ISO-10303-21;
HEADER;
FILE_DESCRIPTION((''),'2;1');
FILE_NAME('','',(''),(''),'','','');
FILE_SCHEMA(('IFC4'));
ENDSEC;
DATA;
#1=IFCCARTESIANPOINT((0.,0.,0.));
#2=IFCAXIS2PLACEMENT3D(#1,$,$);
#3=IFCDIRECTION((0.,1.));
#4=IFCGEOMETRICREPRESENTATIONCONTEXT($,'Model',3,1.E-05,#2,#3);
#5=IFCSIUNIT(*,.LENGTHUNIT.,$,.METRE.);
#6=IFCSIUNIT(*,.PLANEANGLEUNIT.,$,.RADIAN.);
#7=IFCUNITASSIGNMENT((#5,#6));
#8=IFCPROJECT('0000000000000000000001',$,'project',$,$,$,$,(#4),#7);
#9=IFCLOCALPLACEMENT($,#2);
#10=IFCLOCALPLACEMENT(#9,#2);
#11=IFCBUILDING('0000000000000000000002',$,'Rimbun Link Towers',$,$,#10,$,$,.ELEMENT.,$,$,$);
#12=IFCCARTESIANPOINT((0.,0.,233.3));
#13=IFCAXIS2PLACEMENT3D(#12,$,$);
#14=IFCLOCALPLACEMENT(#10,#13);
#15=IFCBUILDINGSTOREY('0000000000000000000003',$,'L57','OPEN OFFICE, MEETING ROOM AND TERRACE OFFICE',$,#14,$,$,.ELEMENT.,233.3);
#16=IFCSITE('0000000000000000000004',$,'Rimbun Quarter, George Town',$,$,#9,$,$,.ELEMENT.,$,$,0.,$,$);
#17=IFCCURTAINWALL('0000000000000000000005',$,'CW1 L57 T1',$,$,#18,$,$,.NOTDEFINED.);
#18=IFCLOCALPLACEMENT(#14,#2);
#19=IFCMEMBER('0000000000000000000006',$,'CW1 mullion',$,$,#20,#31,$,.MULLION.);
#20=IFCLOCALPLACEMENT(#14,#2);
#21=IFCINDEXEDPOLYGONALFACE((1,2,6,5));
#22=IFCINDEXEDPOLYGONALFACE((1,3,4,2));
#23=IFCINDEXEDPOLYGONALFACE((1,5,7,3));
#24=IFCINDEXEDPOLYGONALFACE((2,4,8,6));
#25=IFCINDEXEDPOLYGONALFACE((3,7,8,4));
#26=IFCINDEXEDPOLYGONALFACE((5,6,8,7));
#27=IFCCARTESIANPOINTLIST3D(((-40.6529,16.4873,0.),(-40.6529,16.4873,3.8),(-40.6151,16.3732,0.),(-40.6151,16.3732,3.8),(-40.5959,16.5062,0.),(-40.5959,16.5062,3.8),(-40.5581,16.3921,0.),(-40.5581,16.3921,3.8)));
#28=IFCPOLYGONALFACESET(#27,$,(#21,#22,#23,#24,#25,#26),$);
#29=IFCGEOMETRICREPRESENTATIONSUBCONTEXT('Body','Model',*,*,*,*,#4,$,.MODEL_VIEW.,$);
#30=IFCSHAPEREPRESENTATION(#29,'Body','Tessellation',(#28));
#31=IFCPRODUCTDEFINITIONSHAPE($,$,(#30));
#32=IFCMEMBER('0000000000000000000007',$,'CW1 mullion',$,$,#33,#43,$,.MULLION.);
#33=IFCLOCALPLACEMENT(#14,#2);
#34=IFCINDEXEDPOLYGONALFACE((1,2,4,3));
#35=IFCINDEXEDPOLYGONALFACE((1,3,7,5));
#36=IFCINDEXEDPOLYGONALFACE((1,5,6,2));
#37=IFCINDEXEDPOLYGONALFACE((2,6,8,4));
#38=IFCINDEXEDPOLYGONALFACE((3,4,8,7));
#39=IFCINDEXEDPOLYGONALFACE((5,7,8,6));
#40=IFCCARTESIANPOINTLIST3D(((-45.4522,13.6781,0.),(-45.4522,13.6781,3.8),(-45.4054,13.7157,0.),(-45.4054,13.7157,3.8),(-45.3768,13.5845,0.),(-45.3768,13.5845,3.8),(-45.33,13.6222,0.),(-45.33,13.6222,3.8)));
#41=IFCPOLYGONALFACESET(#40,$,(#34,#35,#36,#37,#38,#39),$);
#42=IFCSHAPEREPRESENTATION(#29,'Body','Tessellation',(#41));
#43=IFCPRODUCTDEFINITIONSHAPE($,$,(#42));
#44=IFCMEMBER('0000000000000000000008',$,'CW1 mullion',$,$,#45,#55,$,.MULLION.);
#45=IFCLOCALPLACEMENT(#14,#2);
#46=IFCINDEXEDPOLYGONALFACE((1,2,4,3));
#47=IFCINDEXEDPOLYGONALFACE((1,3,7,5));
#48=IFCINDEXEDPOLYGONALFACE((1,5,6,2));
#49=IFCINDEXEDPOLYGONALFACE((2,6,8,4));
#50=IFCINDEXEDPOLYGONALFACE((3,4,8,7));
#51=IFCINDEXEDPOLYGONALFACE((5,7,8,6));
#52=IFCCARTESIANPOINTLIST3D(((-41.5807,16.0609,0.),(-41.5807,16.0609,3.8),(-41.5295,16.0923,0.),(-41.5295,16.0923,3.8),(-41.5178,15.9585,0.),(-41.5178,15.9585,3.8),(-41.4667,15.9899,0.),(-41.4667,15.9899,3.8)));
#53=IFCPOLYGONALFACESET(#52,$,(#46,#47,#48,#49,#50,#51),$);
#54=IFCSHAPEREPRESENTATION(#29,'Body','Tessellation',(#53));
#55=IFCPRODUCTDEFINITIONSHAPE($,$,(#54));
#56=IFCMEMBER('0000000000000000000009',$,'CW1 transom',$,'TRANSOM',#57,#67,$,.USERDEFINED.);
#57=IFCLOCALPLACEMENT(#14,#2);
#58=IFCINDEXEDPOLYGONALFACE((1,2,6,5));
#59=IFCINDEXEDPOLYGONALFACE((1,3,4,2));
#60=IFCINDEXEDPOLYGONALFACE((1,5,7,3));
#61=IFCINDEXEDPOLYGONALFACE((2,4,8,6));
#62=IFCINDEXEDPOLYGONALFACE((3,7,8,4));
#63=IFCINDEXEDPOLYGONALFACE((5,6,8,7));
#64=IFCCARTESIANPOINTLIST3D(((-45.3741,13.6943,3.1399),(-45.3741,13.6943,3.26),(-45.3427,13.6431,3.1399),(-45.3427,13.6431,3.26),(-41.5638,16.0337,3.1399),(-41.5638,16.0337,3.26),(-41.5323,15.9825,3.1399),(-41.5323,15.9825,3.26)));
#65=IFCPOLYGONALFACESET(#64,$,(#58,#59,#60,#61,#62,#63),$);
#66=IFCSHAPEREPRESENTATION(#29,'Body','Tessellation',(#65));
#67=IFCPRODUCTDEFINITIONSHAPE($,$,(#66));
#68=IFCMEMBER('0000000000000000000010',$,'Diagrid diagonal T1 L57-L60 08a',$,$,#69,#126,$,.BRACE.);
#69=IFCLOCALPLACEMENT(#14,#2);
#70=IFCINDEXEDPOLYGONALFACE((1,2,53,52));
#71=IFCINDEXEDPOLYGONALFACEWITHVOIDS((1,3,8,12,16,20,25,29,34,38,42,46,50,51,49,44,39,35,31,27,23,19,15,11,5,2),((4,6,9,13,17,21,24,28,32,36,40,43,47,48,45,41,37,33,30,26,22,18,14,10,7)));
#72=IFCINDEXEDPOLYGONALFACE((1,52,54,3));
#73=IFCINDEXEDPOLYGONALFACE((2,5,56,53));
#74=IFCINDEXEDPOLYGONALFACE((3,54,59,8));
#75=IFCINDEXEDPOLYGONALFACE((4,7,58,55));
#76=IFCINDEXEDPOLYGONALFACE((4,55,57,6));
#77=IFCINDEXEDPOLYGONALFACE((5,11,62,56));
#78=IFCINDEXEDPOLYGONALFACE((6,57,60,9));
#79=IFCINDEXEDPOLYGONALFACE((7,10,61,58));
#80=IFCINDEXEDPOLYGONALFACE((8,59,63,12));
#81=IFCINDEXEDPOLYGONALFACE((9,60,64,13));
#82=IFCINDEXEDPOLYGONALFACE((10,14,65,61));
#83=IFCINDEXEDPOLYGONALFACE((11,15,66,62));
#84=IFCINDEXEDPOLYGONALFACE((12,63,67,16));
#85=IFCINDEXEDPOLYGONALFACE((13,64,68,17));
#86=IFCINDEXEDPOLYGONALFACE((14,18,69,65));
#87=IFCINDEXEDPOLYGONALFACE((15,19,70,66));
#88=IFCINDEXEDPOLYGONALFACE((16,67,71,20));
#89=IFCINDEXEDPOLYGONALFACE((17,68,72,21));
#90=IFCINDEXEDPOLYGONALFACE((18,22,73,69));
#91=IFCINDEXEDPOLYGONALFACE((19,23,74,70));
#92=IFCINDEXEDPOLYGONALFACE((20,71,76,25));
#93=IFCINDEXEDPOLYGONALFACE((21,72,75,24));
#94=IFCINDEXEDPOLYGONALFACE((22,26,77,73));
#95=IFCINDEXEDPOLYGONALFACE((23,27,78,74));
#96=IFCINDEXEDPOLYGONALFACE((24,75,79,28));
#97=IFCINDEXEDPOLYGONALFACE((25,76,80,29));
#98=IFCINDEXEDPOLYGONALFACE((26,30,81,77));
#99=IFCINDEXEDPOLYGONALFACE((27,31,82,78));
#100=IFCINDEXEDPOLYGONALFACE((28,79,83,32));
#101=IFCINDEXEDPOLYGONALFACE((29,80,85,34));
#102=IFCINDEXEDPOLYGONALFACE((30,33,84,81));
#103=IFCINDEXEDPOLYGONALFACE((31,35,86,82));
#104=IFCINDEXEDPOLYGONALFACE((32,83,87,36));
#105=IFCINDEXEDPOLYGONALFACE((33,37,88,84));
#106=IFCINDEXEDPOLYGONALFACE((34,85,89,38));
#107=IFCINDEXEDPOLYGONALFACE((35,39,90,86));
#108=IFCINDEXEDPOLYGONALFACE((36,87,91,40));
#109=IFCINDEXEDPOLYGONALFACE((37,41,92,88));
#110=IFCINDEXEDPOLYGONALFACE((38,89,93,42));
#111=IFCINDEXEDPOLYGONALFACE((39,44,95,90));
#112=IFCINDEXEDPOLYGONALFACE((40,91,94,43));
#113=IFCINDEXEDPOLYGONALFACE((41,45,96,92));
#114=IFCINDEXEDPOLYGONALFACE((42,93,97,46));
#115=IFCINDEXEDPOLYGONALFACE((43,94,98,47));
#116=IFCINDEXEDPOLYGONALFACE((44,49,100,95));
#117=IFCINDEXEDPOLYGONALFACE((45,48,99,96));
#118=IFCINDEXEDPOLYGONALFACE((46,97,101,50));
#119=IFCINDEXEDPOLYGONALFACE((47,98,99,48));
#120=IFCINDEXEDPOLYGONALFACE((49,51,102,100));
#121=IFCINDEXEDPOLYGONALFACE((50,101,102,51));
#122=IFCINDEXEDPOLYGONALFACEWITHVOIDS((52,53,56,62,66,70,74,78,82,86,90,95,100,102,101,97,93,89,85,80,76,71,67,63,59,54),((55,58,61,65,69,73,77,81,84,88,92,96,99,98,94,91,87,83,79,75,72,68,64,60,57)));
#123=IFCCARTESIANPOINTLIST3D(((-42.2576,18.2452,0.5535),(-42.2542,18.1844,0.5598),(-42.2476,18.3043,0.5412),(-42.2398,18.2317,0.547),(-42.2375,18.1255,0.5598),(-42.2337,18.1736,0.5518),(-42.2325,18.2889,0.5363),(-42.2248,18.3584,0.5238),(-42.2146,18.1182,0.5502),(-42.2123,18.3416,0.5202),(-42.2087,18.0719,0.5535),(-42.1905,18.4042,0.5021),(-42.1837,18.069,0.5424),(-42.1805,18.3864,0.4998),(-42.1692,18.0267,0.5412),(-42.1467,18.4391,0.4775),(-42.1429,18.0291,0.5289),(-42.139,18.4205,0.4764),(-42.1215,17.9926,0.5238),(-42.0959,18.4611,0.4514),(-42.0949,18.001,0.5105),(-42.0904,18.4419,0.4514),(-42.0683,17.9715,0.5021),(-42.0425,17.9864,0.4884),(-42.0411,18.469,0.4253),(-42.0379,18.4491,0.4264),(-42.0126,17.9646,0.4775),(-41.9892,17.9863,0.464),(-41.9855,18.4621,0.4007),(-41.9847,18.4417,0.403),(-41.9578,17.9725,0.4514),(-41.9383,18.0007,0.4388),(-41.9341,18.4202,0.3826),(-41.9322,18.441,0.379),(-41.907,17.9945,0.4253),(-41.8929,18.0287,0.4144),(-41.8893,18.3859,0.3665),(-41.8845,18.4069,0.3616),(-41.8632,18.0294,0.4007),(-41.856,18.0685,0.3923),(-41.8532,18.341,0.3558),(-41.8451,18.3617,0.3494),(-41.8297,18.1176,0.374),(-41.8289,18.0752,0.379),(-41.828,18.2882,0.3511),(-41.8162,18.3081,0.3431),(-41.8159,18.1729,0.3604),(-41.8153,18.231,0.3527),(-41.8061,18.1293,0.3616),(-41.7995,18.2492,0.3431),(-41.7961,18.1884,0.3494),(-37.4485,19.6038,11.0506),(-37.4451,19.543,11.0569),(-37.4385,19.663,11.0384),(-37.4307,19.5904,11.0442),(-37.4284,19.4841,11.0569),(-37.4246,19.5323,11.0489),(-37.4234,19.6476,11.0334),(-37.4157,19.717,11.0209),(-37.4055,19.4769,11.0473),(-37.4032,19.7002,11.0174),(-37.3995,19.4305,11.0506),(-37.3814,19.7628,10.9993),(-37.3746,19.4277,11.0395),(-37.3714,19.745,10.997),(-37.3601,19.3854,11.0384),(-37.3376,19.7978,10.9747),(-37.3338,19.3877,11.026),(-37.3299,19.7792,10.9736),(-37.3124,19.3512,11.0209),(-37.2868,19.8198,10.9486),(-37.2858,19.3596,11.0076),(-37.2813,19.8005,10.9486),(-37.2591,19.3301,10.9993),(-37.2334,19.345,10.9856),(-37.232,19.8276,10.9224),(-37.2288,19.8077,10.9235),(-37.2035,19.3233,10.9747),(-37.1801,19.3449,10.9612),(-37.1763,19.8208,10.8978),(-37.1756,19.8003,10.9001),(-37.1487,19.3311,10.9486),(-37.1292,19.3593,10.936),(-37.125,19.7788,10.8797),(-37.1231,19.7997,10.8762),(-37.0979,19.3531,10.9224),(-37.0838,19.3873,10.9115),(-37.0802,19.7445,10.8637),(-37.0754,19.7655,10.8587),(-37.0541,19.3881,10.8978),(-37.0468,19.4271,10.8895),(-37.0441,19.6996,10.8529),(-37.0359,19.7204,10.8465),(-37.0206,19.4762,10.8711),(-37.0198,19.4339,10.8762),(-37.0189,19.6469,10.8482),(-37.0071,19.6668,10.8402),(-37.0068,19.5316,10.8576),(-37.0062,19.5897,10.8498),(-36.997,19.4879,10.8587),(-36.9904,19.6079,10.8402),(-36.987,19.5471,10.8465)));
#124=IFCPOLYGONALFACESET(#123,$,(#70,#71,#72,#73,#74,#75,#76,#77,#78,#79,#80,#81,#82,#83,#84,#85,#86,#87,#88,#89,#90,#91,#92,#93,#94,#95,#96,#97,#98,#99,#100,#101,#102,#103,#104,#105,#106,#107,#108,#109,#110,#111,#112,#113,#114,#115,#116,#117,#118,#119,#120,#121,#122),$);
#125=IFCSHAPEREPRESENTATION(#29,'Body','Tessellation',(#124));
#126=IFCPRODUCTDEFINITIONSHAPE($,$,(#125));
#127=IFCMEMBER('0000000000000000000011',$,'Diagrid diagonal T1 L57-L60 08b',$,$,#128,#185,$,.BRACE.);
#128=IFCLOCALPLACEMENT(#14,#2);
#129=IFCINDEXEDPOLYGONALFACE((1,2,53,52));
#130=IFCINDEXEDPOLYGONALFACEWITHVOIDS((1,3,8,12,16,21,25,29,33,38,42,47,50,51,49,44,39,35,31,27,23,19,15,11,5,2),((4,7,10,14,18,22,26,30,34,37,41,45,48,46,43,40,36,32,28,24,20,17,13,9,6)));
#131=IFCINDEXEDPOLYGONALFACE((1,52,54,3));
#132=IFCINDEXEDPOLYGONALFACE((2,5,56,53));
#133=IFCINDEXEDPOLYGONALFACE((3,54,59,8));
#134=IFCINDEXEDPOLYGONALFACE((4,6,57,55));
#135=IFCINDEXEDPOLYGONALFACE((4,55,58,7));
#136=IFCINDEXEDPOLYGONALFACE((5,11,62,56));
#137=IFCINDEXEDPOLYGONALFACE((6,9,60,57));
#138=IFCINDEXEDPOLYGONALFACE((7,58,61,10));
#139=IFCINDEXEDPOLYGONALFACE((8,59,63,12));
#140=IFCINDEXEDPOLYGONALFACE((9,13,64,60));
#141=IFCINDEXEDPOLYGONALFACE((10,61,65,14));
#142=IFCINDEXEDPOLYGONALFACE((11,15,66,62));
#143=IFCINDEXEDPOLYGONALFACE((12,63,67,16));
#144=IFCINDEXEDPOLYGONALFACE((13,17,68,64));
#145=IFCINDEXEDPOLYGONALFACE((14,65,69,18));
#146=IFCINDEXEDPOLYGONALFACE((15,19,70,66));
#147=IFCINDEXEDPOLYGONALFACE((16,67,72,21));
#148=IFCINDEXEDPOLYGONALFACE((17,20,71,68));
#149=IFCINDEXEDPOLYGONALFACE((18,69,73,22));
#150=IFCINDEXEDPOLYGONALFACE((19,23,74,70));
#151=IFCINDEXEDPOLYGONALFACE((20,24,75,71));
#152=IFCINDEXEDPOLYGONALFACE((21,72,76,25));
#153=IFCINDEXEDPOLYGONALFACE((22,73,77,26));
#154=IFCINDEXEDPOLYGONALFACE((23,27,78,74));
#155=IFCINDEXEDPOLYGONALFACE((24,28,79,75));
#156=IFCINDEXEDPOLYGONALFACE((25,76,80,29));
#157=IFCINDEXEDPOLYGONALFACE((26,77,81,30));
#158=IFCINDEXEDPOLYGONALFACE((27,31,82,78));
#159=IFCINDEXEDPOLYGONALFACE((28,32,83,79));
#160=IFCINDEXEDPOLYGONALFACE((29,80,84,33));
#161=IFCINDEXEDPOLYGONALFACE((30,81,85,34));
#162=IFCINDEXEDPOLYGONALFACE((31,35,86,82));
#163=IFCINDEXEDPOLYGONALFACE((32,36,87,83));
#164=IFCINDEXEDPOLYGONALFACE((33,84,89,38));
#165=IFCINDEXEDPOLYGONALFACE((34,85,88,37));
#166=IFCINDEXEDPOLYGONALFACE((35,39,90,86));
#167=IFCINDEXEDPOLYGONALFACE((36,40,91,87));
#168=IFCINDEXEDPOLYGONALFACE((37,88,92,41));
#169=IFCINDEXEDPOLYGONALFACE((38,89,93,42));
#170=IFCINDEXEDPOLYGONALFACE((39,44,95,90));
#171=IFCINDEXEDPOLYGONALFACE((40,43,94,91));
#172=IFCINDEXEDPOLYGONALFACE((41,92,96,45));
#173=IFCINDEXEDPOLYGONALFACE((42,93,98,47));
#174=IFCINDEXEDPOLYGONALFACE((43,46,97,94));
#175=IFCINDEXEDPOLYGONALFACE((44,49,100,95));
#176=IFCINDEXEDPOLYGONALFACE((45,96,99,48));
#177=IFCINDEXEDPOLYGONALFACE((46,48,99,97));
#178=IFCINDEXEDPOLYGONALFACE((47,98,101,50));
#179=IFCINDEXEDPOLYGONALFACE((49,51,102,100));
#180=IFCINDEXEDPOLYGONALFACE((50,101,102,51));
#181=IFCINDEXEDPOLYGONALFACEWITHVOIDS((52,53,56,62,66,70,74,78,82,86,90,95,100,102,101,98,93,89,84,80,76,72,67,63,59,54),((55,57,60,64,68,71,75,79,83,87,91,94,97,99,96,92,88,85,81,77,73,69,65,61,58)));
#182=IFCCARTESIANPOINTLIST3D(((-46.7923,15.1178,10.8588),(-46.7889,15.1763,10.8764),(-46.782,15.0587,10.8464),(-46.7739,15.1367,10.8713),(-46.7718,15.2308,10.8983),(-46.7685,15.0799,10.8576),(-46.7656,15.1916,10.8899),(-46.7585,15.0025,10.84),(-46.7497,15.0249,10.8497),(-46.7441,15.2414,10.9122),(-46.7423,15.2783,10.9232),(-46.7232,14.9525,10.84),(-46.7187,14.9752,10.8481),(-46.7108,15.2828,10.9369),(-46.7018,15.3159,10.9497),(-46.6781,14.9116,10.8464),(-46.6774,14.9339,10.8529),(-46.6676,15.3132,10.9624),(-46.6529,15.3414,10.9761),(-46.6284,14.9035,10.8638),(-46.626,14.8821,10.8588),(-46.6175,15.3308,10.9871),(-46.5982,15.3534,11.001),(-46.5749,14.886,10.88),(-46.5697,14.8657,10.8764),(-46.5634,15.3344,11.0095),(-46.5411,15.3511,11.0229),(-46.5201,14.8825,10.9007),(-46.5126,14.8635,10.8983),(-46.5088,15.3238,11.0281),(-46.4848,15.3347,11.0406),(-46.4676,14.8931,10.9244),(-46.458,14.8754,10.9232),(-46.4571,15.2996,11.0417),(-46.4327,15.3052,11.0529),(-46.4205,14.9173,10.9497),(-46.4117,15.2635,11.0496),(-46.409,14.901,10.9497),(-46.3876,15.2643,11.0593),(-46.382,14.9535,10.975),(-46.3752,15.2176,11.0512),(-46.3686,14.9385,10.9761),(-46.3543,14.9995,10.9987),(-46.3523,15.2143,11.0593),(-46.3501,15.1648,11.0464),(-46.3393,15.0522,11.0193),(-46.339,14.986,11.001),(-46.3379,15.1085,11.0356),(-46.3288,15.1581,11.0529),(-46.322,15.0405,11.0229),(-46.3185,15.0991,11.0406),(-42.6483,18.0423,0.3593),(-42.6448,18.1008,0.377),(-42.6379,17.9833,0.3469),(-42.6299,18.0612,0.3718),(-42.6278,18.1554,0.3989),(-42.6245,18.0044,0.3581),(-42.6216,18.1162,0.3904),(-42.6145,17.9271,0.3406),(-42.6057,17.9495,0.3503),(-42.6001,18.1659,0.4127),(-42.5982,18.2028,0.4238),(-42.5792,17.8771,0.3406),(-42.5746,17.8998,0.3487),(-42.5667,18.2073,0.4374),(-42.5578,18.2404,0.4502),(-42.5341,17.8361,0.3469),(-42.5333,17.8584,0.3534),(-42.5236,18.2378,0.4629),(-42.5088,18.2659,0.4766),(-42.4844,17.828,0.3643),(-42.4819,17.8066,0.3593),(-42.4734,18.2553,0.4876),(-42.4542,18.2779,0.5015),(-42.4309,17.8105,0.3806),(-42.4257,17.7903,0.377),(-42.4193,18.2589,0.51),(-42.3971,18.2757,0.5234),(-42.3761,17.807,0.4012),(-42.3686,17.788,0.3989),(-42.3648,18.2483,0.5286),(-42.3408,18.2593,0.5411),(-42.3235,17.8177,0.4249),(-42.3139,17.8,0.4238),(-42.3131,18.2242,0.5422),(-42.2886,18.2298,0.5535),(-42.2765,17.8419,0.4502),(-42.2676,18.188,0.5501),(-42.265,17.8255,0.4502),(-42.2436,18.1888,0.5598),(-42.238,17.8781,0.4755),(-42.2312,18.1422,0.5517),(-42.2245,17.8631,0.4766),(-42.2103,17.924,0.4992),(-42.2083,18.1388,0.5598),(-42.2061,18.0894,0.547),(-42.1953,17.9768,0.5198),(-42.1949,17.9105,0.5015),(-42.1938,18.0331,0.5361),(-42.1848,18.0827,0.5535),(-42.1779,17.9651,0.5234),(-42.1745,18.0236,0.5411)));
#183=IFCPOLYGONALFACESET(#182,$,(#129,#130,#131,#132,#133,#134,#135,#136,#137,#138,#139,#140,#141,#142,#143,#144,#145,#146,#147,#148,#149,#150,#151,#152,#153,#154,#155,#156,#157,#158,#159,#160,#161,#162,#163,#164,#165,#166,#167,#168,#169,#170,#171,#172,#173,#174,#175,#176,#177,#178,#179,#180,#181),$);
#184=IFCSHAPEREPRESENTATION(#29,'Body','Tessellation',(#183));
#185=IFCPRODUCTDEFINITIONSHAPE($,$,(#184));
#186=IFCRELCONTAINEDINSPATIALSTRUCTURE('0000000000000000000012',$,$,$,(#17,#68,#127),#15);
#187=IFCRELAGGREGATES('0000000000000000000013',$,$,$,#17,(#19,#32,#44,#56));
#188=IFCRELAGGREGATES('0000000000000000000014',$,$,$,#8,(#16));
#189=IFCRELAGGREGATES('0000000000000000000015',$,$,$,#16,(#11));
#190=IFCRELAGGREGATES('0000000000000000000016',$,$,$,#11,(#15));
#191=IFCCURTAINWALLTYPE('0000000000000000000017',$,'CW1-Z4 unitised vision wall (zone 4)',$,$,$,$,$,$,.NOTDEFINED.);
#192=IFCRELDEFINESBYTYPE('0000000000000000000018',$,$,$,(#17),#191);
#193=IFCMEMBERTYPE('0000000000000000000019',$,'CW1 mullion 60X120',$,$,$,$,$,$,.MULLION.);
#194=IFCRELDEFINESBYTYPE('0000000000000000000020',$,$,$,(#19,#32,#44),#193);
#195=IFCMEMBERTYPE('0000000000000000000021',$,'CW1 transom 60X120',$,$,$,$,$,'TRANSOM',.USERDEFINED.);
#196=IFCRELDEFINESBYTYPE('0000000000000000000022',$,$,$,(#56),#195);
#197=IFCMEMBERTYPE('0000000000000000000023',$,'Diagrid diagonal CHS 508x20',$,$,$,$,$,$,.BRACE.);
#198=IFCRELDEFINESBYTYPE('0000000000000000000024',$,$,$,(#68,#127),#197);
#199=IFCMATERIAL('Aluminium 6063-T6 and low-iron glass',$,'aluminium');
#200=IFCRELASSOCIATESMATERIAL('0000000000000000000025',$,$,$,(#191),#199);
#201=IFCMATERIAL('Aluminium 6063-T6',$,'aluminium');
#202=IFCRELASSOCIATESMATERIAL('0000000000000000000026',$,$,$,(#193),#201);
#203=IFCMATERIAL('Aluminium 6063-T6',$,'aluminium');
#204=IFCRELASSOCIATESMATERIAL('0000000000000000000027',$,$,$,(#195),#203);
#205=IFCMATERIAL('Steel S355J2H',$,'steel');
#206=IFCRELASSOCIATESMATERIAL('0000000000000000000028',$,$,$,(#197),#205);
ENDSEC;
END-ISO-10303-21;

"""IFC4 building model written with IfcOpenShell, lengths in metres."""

from ifc_helpers import new_model, si_unit, direction, frame, origin, origin_2d, place, context, subcontext, project, spatial, rectangle, hollow_circle, extrude, material, material_profile, profile_set, type_object, element, aggregate, save


model = new_model("IFC4")

# Units and contexts
model_context = context("Model", 3, precision=1e-05, world=origin(), true_north=direction((0.0, 1.0)))
body_context = subcontext(model_context, "Body", "Model", "MODEL_VIEW")
ifc_project = project(units=[si_unit("LENGTHUNIT", "METRE"), si_unit("PLANEANGLEUNIT", "RADIAN")], contexts=[model_context])

# Site, building, storey
site_placement = place(None, origin())
site = spatial("IfcSite", under=ifc_project, at=site_placement, Name="Rimbun Quarter, George Town", CompositionType="ELEMENT", RefElevation=0.0)
building_placement = place(site_placement, origin())
building = spatial("IfcBuilding", under=site, at=building_placement, Name="Rimbun Link Towers", CompositionType="ELEMENT")
storey_placement = place(building_placement, frame((0.0, 0.0, 233.3)))
storey = spatial("IfcBuildingStorey", under=building, at=storey_placement, Name="L57", Description="OPEN OFFICE, MEETING ROOM AND TERRACE OFFICE", CompositionType="ELEMENT", Elevation=233.3)

# Curtain wall, members
ifc_material_1 = material(Name="Aluminium 6063-T6 and low-iron glass", Category="aluminium")
curtain_wall_type = type_object("IfcCurtainWallType", Name="CW1-Z4 unitised vision wall (zone 4)", PredefinedType="NOTDEFINED", material=ifc_material_1)
curtain_wall_placement = place(storey_placement, origin())
curtain_wall = element("IfcCurtainWall", 1, at=curtain_wall_placement, inside=storey, type_object=curtain_wall_type, Name="CW1 L57 T1", PredefinedType="NOTDEFINED")
ifc_material_2 = material(Name="Aluminium 6063-T6", Category="aluminium")
ifc_material_profile_1 = material_profile(ifc_material_2, rectangle(XDim=0.1201, YDim=0.0601, at=origin_2d()), Name="MULLION 60X120")
ifc_profile_set_1 = profile_set([ifc_material_profile_1], Name="Aluminium 6063-T6")
member_type_1 = type_object("IfcMemberType", Name="CW1 mullion 60X120", PredefinedType="MULLION", material=ifc_profile_set_1)
member_1_placement = place(storey_placement, frame((-40.6055, 16.4397, 0.0), z_axis=(0.0, 0.0, 1.0), x_axis=(-0.31457, 0.949234, 0.0)))
member_1 = element("IfcMember", 2, at=member_1_placement, type_object=member_type_1, Name="CW1 mullion", PredefinedType="MULLION", context=body_context, shape_type="SweptSolid", body=[
    extrude(rectangle(XDim=0.1201, YDim=0.0601, at=origin_2d()), origin(), (0.0, 0.0, 1.0), 3.8),
])
member_2_placement = place(storey_placement, frame((-45.3911, 13.6501, 0.0), z_axis=(0.0, 0.0, 1.0), x_axis=(-0.627668, 0.778481, 0.0)))
member_2 = element("IfcMember", 3, at=member_2_placement, type_object=member_type_1, Name="CW1 mullion", PredefinedType="MULLION", context=body_context, shape_type="SweptSolid", body=[
    extrude(rectangle(XDim=0.1201, YDim=0.0601, at=origin_2d()), origin(), (0.0, 0.0, 1.0), 3.8),
])
member_3_placement = place(storey_placement, frame((-41.5237, 16.0254, 0.0), z_axis=(0.0, 0.0, 1.0), x_axis=(-0.52324, 0.852185, 0.0)))
member_3 = element("IfcMember", 4, at=member_3_placement, type_object=member_type_1, Name="CW1 mullion", PredefinedType="MULLION", context=body_context, shape_type="SweptSolid", body=[
    extrude(rectangle(XDim=0.1201, YDim=0.0601, at=origin_2d()), origin(), (0.0, 0.0, 1.0), 3.8),
])
ifc_material_3 = material(Name="Aluminium 6063-T6", Category="aluminium")
ifc_material_profile_2 = material_profile(ifc_material_3, rectangle(XDim=0.0601, YDim=0.1201, at=origin_2d()), Name="TRANSOM 60X120")
ifc_profile_set_2 = profile_set([ifc_material_profile_2], Name="Aluminium 6063-T6")
member_type_2 = type_object("IfcMemberType", Name="CW1 transom 60X120", ElementType="TRANSOM", PredefinedType="USERDEFINED", material=ifc_profile_set_2)
member_4_placement = place(storey_placement, frame((-45.3584, 13.6687, 3.2), z_axis=(0.852202, 0.523214, 0.0), x_axis=(-0.523214, 0.852202, 0.0)))
member_4 = element("IfcMember", 5, at=member_4_placement, type_object=member_type_2, Name="CW1 transom", ObjectType="TRANSOM", PredefinedType="USERDEFINED", context=body_context, shape_type="SweptSolid", body=[
    extrude(rectangle(XDim=0.0601, YDim=0.1201, at=origin_2d()), origin(), (0.0, 0.0, 1.0), 4.4712),
])

# Members
ifc_material_4 = material(Name="Steel S355J2H", Category="steel")
ifc_material_profile_3 = material_profile(ifc_material_4, hollow_circle(Radius=0.2539, WallThickness=0.02, at=origin_2d()), Name="Diagrid diagonal CHS 508x20")
ifc_profile_set_3 = profile_set([ifc_material_profile_3], Name="Steel S355J2H")
member_type_3 = type_object("IfcMemberType", Name="Diagrid diagonal CHS 508x20", PredefinedType="BRACE", material=ifc_profile_set_3)
member_5_placement = place(storey_placement, frame((-42.0269, 18.2168, 0.4514), z_axis=(0.413652, 0.116863, 0.902904), x_axis=(-0.271874, 0.962333, 0.0)))
element("IfcMember", 6, at=member_5_placement, inside=storey, type_object=member_type_3, Name="Diagrid diagonal T1 L57-L60 08a", PredefinedType="BRACE", context=body_context, shape_type="SweptSolid", body=[
    extrude(hollow_circle(Radius=0.2539, WallThickness=0.02, at=origin_2d()), origin(), (0.0, 0.0, 1.0), 11.626),
])
member_6_placement = place(storey_placement, frame((-42.4114, 18.033, 0.4502), z_axis=(-0.355393, -0.25081, 0.900439), x_axis=(0.576598, -0.817028, 0.0)))
element("IfcMember", 7, at=member_6_placement, inside=storey, type_object=member_type_3, Name="Diagrid diagonal T1 L57-L60 08b", PredefinedType="BRACE", context=body_context, shape_type="SweptSolid", body=[
    extrude(hollow_circle(Radius=0.2539, WallThickness=0.02, at=origin_2d()), origin(), (0.0, 0.0, 1.0), 11.6604),
])

aggregate(curtain_wall, [member_1, member_2, member_3, member_4])

save(model, "model.ifc")
